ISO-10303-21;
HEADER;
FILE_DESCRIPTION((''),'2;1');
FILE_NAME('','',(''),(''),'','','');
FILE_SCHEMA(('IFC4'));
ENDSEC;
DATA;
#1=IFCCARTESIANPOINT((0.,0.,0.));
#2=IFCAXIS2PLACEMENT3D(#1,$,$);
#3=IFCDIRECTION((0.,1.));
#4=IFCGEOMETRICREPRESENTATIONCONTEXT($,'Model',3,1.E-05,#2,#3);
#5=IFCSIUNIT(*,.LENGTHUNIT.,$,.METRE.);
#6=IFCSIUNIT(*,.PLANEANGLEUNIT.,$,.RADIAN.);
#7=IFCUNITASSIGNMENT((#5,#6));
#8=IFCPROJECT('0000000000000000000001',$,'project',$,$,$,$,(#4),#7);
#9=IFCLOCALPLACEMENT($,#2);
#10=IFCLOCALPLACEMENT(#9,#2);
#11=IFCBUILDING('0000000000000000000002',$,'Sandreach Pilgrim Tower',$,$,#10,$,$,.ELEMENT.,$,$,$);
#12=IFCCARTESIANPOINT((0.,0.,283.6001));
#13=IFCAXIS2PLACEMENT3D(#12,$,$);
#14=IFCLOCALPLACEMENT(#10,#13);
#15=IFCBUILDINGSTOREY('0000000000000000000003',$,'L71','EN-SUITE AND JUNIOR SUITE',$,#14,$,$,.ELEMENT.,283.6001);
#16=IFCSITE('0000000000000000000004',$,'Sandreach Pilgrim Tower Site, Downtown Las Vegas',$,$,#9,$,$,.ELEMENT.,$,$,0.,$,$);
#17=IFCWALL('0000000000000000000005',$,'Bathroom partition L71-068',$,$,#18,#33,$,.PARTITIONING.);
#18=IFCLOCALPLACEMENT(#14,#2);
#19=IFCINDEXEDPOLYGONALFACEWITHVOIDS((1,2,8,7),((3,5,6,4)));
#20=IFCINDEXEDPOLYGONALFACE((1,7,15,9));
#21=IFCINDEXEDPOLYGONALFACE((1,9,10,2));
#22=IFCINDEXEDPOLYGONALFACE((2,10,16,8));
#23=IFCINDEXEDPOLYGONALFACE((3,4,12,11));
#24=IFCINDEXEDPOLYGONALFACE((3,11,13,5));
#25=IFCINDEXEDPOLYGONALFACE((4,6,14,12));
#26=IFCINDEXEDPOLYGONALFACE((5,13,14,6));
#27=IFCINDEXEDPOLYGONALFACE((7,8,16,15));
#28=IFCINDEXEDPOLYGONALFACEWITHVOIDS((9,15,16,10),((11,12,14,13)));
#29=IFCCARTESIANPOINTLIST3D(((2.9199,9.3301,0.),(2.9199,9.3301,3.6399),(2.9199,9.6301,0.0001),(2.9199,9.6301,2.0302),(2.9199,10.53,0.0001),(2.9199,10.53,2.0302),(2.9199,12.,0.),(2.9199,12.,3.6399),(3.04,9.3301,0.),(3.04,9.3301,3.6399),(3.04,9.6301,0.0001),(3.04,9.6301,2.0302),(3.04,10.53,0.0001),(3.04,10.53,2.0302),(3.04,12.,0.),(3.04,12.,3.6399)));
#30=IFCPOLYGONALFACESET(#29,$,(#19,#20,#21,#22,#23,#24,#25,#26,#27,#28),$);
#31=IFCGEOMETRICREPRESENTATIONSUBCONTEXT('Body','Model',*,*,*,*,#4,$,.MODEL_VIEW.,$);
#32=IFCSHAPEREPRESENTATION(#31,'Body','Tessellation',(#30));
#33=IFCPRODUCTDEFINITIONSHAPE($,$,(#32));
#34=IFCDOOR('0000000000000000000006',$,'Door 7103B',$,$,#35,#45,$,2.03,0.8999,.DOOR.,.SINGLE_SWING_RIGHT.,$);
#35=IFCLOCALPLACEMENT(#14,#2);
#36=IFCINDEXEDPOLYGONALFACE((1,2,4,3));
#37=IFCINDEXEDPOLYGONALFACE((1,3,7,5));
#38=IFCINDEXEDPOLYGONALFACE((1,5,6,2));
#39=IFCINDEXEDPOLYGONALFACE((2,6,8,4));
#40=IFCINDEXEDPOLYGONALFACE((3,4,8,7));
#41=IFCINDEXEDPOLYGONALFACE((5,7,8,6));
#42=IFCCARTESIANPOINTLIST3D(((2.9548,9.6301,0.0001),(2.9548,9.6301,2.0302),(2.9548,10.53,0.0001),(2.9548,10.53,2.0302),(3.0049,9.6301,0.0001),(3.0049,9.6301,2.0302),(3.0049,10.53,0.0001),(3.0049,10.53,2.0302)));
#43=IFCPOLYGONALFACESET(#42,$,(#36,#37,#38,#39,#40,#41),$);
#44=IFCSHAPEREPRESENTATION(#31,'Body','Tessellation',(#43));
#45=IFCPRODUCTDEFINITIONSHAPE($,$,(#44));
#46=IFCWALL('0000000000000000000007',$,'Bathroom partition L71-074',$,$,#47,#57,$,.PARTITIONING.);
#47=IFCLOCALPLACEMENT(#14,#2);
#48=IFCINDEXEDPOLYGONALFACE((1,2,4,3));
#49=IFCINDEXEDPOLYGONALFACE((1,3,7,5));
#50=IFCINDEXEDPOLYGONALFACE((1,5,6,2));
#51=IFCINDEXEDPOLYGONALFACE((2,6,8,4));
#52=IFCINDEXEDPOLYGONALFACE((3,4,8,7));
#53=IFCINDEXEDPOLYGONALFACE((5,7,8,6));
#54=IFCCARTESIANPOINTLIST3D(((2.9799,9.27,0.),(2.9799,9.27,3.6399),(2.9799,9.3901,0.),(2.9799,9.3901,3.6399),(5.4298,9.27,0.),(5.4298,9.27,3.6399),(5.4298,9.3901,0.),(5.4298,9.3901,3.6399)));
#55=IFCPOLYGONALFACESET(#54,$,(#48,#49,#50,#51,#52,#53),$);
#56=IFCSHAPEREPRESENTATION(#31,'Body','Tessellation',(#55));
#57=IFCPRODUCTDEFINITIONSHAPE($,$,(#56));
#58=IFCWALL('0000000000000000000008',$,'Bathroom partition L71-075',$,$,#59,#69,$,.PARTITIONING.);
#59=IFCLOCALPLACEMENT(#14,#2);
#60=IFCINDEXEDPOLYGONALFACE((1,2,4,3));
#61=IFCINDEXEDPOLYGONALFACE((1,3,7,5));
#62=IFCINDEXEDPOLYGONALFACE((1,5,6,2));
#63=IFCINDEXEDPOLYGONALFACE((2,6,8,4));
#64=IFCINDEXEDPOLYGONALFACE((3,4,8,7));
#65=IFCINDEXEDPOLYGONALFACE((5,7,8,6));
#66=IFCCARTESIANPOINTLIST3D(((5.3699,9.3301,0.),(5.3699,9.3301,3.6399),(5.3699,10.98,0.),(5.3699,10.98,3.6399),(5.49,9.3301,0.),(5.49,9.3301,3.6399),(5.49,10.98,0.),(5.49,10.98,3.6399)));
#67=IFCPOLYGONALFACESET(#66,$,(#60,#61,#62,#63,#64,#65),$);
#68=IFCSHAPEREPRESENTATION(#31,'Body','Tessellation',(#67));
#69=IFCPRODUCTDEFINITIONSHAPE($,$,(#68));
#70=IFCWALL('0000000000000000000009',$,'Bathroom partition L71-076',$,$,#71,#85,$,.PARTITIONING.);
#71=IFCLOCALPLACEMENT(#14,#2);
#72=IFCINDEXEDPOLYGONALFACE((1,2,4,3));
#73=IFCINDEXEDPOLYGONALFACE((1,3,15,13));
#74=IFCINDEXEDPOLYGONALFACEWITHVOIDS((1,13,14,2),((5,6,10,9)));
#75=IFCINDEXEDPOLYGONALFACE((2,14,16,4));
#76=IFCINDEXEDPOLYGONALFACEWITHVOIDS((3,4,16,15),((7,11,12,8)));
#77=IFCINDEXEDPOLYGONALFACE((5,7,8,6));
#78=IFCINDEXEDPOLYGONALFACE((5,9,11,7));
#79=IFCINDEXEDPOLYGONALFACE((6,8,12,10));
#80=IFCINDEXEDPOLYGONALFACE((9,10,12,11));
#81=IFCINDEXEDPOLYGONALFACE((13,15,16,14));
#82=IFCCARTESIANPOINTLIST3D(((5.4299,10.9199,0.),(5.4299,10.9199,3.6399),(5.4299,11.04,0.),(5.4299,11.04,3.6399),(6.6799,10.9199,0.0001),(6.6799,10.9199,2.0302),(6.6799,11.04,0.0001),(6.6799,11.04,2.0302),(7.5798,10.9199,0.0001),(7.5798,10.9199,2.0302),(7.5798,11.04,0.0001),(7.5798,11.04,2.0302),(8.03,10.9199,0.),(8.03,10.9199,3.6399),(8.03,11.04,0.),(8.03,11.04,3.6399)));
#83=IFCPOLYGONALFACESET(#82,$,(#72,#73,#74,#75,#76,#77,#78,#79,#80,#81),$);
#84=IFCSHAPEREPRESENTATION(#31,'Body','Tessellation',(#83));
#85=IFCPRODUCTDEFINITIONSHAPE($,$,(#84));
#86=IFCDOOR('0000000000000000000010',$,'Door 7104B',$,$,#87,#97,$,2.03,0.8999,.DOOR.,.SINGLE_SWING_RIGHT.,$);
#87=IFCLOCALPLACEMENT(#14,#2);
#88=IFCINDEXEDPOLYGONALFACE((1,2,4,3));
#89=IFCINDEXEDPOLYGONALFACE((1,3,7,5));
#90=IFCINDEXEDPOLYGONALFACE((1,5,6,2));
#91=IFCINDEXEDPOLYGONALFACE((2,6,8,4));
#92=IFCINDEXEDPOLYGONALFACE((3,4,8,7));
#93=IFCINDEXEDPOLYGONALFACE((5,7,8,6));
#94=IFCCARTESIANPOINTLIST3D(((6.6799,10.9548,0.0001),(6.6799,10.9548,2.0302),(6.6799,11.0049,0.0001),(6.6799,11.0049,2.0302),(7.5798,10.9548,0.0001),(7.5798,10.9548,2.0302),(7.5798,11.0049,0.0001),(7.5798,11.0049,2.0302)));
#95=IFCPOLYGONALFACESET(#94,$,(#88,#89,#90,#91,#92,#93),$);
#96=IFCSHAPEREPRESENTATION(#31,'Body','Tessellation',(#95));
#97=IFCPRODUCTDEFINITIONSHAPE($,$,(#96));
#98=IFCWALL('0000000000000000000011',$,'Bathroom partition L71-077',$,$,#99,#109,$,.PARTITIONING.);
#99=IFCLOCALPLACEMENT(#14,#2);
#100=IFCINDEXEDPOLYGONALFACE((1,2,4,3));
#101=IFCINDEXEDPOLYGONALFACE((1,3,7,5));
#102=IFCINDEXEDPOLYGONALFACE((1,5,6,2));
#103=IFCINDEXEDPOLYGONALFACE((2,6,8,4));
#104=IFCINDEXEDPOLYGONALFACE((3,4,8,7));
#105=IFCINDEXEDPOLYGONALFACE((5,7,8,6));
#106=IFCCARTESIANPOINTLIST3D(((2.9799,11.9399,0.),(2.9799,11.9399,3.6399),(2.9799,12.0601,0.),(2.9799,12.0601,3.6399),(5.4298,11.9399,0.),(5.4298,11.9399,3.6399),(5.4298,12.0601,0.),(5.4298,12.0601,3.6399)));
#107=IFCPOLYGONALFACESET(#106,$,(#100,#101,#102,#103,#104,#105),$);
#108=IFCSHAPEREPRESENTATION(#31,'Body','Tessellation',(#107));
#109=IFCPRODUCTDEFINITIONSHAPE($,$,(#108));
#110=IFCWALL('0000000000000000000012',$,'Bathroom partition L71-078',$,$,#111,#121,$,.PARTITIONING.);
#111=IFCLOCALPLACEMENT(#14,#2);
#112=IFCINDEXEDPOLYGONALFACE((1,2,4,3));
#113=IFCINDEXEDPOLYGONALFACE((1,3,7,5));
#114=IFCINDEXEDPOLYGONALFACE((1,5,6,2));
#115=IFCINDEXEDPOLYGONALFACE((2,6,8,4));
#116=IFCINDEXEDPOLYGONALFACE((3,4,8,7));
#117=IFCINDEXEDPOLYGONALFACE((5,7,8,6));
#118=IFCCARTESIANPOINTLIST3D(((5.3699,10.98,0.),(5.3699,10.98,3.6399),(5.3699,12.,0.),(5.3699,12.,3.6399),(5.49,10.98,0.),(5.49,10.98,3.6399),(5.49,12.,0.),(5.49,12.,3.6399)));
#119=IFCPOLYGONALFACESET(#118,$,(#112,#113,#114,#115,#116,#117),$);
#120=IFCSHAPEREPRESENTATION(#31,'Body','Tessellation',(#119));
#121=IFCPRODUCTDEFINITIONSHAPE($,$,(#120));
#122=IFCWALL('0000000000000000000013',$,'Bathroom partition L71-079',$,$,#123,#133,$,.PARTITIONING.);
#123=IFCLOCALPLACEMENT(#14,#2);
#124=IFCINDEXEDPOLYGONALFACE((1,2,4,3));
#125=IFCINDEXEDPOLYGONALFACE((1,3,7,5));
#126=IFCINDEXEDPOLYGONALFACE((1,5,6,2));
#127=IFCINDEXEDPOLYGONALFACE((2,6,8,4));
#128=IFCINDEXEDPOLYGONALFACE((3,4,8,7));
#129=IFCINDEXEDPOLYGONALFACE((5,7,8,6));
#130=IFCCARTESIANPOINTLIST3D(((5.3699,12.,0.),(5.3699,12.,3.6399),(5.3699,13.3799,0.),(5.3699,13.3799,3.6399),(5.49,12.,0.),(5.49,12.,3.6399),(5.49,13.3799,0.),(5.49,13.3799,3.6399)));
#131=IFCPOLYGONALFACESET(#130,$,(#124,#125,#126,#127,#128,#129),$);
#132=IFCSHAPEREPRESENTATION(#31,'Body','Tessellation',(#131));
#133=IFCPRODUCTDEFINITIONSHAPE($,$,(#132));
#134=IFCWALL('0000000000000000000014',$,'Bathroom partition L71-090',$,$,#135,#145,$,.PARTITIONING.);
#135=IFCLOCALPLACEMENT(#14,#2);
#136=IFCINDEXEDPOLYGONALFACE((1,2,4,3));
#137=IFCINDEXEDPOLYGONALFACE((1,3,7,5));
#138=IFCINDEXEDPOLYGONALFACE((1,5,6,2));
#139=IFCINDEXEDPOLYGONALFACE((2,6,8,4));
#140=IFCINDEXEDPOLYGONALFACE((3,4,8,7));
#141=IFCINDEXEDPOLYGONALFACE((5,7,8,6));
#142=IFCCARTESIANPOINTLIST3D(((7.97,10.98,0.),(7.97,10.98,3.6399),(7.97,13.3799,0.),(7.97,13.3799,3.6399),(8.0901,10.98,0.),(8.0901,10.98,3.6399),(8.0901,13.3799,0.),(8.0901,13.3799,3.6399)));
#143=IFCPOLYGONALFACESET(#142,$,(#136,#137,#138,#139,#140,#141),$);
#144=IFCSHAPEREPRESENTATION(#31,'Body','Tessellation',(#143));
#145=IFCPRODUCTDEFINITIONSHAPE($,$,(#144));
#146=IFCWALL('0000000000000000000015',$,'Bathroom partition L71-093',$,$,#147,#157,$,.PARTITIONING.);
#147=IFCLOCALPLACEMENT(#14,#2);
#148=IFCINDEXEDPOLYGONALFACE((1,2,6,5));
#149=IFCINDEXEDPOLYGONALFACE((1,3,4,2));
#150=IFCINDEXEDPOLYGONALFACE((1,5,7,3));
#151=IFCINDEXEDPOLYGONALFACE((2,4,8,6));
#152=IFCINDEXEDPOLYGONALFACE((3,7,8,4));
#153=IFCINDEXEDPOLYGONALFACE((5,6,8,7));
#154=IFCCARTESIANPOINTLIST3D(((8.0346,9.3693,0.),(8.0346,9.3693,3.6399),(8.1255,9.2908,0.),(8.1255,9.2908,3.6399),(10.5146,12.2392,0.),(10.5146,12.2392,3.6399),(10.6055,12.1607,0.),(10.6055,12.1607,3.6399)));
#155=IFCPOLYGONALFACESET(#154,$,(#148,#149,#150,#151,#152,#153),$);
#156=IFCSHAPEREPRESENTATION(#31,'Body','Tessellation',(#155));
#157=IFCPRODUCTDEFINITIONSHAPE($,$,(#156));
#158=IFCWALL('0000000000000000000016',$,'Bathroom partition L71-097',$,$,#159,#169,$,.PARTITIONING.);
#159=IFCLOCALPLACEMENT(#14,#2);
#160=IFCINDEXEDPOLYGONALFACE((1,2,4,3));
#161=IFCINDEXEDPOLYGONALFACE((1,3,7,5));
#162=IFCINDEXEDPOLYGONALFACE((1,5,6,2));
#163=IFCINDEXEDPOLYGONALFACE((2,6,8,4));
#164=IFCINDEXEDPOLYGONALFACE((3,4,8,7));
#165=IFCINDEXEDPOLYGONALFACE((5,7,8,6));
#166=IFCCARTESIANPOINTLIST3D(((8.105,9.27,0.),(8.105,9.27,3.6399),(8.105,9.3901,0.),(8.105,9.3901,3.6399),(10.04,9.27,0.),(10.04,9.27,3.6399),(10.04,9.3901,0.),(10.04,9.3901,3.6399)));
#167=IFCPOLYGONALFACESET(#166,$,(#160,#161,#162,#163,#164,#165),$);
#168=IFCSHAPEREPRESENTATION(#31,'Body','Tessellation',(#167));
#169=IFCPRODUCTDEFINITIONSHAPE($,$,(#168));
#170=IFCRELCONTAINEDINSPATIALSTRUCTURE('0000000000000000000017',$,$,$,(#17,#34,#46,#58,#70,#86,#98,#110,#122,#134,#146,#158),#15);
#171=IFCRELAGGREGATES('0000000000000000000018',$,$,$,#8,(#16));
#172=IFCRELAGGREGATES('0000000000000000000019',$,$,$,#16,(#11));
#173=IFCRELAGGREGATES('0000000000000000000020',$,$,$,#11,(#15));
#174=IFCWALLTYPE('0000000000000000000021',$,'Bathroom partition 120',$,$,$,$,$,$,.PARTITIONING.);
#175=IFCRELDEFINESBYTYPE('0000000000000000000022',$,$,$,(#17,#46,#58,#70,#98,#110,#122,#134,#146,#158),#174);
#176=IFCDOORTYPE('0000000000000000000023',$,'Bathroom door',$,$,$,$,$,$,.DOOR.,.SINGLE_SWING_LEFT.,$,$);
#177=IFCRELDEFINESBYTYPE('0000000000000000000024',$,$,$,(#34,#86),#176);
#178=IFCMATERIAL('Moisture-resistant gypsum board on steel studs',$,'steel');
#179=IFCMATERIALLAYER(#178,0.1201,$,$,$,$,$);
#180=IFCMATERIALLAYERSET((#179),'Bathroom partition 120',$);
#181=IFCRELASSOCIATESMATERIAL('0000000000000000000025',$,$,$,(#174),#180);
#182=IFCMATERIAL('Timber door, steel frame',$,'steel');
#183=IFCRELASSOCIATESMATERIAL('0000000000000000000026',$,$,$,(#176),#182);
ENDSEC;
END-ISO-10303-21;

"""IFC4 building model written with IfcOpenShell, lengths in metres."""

from ifc_helpers import new_model, si_unit, direction, frame, frame_2d, origin, place, context, subcontext, project, spatial, rectangle, extrude, material, layer, layer_set, type_object, element, fill, save


model = new_model("IFC4")

# Units and contexts
model_context = context("Model", 3, precision=1e-05, world=origin(), true_north=direction((0.0, 1.0)))
body_context = subcontext(model_context, "Body", "Model", "MODEL_VIEW")
ifc_project = project(units=[si_unit("LENGTHUNIT", "METRE"), si_unit("PLANEANGLEUNIT", "RADIAN")], contexts=[model_context])

# Site, building, storey
site_placement = place(None, origin())
site = spatial("IfcSite", under=ifc_project, at=site_placement, Name="Sandreach Pilgrim Tower Site, Downtown Las Vegas", CompositionType="ELEMENT", RefElevation=0.0)
building_placement = place(site_placement, origin())
building = spatial("IfcBuilding", under=site, at=building_placement, Name="Sandreach Pilgrim Tower", CompositionType="ELEMENT")
storey_placement = place(building_placement, frame((0.0, 0.0, 283.6001)))
storey = spatial("IfcBuildingStorey", under=building, at=storey_placement, Name="L71", Description="EN-SUITE AND JUNIOR SUITE", CompositionType="ELEMENT", Elevation=283.6001)

# Wall, opening, door
ifc_material_1 = material(Name="Moisture-resistant gypsum board on steel studs", Category="steel")
ifc_layer_1 = layer(ifc_material_1, 0.1201)
ifc_layer_set_1 = layer_set([ifc_layer_1], Name="Bathroom partition 120")
wall_type_1 = type_object("IfcWallType", Name="Bathroom partition 120", PredefinedType="PARTITIONING", material=ifc_layer_set_1)
wall_1_placement = place(storey_placement, frame((2.98, 12.0, 0.0), z_axis=(0.0, 0.0, 1.0), x_axis=(0.0, -1.0, 0.0)))
wall_1 = element("IfcWall", 1, at=wall_1_placement, inside=storey, type_object=wall_type_1, Name="Bathroom partition L71-068", PredefinedType="PARTITIONING", context=body_context, shape_type="SweptSolid", body=[
    extrude(rectangle(XDim=2.6699, YDim=0.1201, at=frame_2d((1.335, 0.0))), origin(), (0.0, 0.0, 1.0), 3.6399),
])
opening_1_placement = place(wall_1_placement, frame((1.47, 0.0, 0.0)))
opening_1 = element("IfcOpeningElement", 2, at=opening_1_placement, cuts=wall_1, PredefinedType="OPENING", context=body_context, shape_type="SweptSolid", body=[
    extrude(rectangle(XDim=0.8999, YDim=2.03, at=frame_2d((0.45, 1.0151))), frame((0.0, 0.0601, 0.0), z_axis=(0.0, -1.0, 0.0), x_axis=(1.0, 0.0, 0.0)), (0.0, 0.0, 1.0), 0.1201),
])
ifc_material_2 = material(Name="Timber door, steel frame", Category="steel")
door_type_1 = type_object("IfcDoorType", Name="Bathroom door", OperationType="SINGLE_SWING_LEFT", PredefinedType="DOOR", material=ifc_material_2)
door_1_placement = place(opening_1_placement, origin())
door_1 = element("IfcDoor", 3, at=door_1_placement, inside=storey, type_object=door_type_1, Name="Door 7103B", OperationType="SINGLE_SWING_RIGHT", OverallHeight=2.03, OverallWidth=0.8999, PredefinedType="DOOR", context=body_context, shape_type="SweptSolid", body=[
    extrude(rectangle(XDim=0.8999, YDim=2.03, at=frame_2d((0.45, 1.0151))), frame((0.0, 0.0249, 0.0), z_axis=(0.0, -1.0, 0.0), x_axis=(1.0, 0.0, 0.0)), (0.0, 0.0, 1.0), 0.05),
])
fill(opening_1, door_1)

# Walls
wall_2_placement = place(storey_placement, frame((5.4299, 9.3301, 0.0), z_axis=(0.0, 0.0, 1.0), x_axis=(-1.0, 0.0, 0.0)))
element("IfcWall", 4, at=wall_2_placement, inside=storey, type_object=wall_type_1, Name="Bathroom partition L71-074", PredefinedType="PARTITIONING", context=body_context, shape_type="SweptSolid", body=[
    extrude(rectangle(XDim=2.45, YDim=0.1201, at=frame_2d((1.2251, 0.0))), origin(), (0.0, 0.0, 1.0), 3.6399),
])
wall_3_placement = place(storey_placement, frame((5.4299, 10.98, 0.0), z_axis=(0.0, 0.0, 1.0), x_axis=(0.0, -1.0, 0.0)))
element("IfcWall", 5, at=wall_3_placement, inside=storey, type_object=wall_type_1, Name="Bathroom partition L71-075", PredefinedType="PARTITIONING", context=body_context, shape_type="SweptSolid", body=[
    extrude(rectangle(XDim=1.6499, YDim=0.1201, at=frame_2d((0.825, 0.0))), origin(), (0.0, 0.0, 1.0), 3.6399),
])

# Wall, opening, door
wall_4_placement = place(storey_placement, frame((5.4299, 10.98, 0.0), z_axis=(0.0, 0.0, 1.0), x_axis=(1.0, 0.0, 0.0)))
wall_4 = element("IfcWall", 6, at=wall_4_placement, inside=storey, type_object=wall_type_1, Name="Bathroom partition L71-076", PredefinedType="PARTITIONING", context=body_context, shape_type="SweptSolid", body=[
    extrude(rectangle(XDim=2.6001, YDim=0.1201, at=frame_2d((1.3, 0.0))), origin(), (0.0, 0.0, 1.0), 3.6399),
])
opening_2_placement = place(wall_4_placement, frame((1.25, 0.0, 0.0)))
opening_2 = element("IfcOpeningElement", 7, at=opening_2_placement, cuts=wall_4, PredefinedType="OPENING", context=body_context, shape_type="SweptSolid", body=[
    extrude(rectangle(XDim=0.8999, YDim=2.03, at=frame_2d((0.45, 1.0151))), frame((0.0, 0.0601, 0.0), z_axis=(0.0, -1.0, 0.0), x_axis=(1.0, 0.0, 0.0)), (0.0, 0.0, 1.0), 0.1201),
])
door_2_placement = place(opening_2_placement, origin())
door_2 = element("IfcDoor", 8, at=door_2_placement, inside=storey, type_object=door_type_1, Name="Door 7104B", OperationType="SINGLE_SWING_RIGHT", OverallHeight=2.03, OverallWidth=0.8999, PredefinedType="DOOR", context=body_context, shape_type="SweptSolid", body=[
    extrude(rectangle(XDim=0.8999, YDim=2.03, at=frame_2d((0.45, 1.0151))), frame((0.0, 0.0249, 0.0), z_axis=(0.0, -1.0, 0.0), x_axis=(1.0, 0.0, 0.0)), (0.0, 0.0, 1.0), 0.05),
])
fill(opening_2, door_2)

# Walls
wall_5_placement = place(storey_placement, frame((5.4299, 12.0, 0.0), z_axis=(0.0, 0.0, 1.0), x_axis=(-1.0, 0.0, 0.0)))
element("IfcWall", 9, at=wall_5_placement, inside=storey, type_object=wall_type_1, Name="Bathroom partition L71-077", PredefinedType="PARTITIONING", context=body_context, shape_type="SweptSolid", body=[
    extrude(rectangle(XDim=2.45, YDim=0.1201, at=frame_2d((1.2251, 0.0))), origin(), (0.0, 0.0, 1.0), 3.6399),
])
wall_6_placement = place(storey_placement, frame((5.4299, 12.0, 0.0), z_axis=(0.0, 0.0, 1.0), x_axis=(0.0, -1.0, 0.0)))
element("IfcWall", 10, at=wall_6_placement, inside=storey, type_object=wall_type_1, Name="Bathroom partition L71-078", PredefinedType="PARTITIONING", context=body_context, shape_type="SweptSolid", body=[
    extrude(rectangle(XDim=1.02, YDim=0.1201, at=frame_2d((0.51, 0.0))), origin(), (0.0, 0.0, 1.0), 3.6399),
])
wall_7_placement = place(storey_placement, frame((5.4299, 13.3799, 0.0), z_axis=(0.0, 0.0, 1.0), x_axis=(0.0, -1.0, 0.0)))
element("IfcWall", 11, at=wall_7_placement, inside=storey, type_object=wall_type_1, Name="Bathroom partition L71-079", PredefinedType="PARTITIONING", context=body_context, shape_type="SweptSolid", body=[
    extrude(rectangle(XDim=1.3799, YDim=0.1201, at=frame_2d((0.6899, 0.0))), origin(), (0.0, 0.0, 1.0), 3.6399),
])
wall_8_placement = place(storey_placement, frame((8.03, 10.98, 0.0), z_axis=(0.0, 0.0, 1.0), x_axis=(0.0, 1.0, 0.0)))
element("IfcWall", 12, at=wall_8_placement, inside=storey, type_object=wall_type_1, Name="Bathroom partition L71-090", PredefinedType="PARTITIONING", context=body_context, shape_type="SweptSolid", body=[
    extrude(rectangle(XDim=2.3999, YDim=0.1201, at=frame_2d((1.2, 0.0))), origin(), (0.0, 0.0, 1.0), 3.6399),
])
wall_9_placement = place(storey_placement, frame((8.0801, 9.3301, 0.0), z_axis=(0.0, 0.0, 1.0), x_axis=(0.653839, 0.756633, 0.0)))
element("IfcWall", 13, at=wall_9_placement, inside=storey, type_object=wall_type_1, Name="Bathroom partition L71-093", PredefinedType="PARTITIONING", context=body_context, shape_type="SweptSolid", body=[
    extrude(rectangle(XDim=3.793, YDim=0.1201, at=frame_2d((1.8965, 0.0))), origin(), (0.0, 0.0, 1.0), 3.6399),
])
wall_10_placement = place(storey_placement, frame((10.04, 9.3301, 0.0), z_axis=(0.0, 0.0, 1.0), x_axis=(-1.0, 0.0, 0.0)))
element("IfcWall", 14, at=wall_10_placement, inside=storey, type_object=wall_type_1, Name="Bathroom partition L71-097", PredefinedType="PARTITIONING", context=body_context, shape_type="SweptSolid", body=[
    extrude(rectangle(XDim=1.9351, YDim=0.1201, at=frame_2d((0.9675, 0.0))), origin(), (0.0, 0.0, 1.0), 3.6399),
])

save(model, "model.ifc")
